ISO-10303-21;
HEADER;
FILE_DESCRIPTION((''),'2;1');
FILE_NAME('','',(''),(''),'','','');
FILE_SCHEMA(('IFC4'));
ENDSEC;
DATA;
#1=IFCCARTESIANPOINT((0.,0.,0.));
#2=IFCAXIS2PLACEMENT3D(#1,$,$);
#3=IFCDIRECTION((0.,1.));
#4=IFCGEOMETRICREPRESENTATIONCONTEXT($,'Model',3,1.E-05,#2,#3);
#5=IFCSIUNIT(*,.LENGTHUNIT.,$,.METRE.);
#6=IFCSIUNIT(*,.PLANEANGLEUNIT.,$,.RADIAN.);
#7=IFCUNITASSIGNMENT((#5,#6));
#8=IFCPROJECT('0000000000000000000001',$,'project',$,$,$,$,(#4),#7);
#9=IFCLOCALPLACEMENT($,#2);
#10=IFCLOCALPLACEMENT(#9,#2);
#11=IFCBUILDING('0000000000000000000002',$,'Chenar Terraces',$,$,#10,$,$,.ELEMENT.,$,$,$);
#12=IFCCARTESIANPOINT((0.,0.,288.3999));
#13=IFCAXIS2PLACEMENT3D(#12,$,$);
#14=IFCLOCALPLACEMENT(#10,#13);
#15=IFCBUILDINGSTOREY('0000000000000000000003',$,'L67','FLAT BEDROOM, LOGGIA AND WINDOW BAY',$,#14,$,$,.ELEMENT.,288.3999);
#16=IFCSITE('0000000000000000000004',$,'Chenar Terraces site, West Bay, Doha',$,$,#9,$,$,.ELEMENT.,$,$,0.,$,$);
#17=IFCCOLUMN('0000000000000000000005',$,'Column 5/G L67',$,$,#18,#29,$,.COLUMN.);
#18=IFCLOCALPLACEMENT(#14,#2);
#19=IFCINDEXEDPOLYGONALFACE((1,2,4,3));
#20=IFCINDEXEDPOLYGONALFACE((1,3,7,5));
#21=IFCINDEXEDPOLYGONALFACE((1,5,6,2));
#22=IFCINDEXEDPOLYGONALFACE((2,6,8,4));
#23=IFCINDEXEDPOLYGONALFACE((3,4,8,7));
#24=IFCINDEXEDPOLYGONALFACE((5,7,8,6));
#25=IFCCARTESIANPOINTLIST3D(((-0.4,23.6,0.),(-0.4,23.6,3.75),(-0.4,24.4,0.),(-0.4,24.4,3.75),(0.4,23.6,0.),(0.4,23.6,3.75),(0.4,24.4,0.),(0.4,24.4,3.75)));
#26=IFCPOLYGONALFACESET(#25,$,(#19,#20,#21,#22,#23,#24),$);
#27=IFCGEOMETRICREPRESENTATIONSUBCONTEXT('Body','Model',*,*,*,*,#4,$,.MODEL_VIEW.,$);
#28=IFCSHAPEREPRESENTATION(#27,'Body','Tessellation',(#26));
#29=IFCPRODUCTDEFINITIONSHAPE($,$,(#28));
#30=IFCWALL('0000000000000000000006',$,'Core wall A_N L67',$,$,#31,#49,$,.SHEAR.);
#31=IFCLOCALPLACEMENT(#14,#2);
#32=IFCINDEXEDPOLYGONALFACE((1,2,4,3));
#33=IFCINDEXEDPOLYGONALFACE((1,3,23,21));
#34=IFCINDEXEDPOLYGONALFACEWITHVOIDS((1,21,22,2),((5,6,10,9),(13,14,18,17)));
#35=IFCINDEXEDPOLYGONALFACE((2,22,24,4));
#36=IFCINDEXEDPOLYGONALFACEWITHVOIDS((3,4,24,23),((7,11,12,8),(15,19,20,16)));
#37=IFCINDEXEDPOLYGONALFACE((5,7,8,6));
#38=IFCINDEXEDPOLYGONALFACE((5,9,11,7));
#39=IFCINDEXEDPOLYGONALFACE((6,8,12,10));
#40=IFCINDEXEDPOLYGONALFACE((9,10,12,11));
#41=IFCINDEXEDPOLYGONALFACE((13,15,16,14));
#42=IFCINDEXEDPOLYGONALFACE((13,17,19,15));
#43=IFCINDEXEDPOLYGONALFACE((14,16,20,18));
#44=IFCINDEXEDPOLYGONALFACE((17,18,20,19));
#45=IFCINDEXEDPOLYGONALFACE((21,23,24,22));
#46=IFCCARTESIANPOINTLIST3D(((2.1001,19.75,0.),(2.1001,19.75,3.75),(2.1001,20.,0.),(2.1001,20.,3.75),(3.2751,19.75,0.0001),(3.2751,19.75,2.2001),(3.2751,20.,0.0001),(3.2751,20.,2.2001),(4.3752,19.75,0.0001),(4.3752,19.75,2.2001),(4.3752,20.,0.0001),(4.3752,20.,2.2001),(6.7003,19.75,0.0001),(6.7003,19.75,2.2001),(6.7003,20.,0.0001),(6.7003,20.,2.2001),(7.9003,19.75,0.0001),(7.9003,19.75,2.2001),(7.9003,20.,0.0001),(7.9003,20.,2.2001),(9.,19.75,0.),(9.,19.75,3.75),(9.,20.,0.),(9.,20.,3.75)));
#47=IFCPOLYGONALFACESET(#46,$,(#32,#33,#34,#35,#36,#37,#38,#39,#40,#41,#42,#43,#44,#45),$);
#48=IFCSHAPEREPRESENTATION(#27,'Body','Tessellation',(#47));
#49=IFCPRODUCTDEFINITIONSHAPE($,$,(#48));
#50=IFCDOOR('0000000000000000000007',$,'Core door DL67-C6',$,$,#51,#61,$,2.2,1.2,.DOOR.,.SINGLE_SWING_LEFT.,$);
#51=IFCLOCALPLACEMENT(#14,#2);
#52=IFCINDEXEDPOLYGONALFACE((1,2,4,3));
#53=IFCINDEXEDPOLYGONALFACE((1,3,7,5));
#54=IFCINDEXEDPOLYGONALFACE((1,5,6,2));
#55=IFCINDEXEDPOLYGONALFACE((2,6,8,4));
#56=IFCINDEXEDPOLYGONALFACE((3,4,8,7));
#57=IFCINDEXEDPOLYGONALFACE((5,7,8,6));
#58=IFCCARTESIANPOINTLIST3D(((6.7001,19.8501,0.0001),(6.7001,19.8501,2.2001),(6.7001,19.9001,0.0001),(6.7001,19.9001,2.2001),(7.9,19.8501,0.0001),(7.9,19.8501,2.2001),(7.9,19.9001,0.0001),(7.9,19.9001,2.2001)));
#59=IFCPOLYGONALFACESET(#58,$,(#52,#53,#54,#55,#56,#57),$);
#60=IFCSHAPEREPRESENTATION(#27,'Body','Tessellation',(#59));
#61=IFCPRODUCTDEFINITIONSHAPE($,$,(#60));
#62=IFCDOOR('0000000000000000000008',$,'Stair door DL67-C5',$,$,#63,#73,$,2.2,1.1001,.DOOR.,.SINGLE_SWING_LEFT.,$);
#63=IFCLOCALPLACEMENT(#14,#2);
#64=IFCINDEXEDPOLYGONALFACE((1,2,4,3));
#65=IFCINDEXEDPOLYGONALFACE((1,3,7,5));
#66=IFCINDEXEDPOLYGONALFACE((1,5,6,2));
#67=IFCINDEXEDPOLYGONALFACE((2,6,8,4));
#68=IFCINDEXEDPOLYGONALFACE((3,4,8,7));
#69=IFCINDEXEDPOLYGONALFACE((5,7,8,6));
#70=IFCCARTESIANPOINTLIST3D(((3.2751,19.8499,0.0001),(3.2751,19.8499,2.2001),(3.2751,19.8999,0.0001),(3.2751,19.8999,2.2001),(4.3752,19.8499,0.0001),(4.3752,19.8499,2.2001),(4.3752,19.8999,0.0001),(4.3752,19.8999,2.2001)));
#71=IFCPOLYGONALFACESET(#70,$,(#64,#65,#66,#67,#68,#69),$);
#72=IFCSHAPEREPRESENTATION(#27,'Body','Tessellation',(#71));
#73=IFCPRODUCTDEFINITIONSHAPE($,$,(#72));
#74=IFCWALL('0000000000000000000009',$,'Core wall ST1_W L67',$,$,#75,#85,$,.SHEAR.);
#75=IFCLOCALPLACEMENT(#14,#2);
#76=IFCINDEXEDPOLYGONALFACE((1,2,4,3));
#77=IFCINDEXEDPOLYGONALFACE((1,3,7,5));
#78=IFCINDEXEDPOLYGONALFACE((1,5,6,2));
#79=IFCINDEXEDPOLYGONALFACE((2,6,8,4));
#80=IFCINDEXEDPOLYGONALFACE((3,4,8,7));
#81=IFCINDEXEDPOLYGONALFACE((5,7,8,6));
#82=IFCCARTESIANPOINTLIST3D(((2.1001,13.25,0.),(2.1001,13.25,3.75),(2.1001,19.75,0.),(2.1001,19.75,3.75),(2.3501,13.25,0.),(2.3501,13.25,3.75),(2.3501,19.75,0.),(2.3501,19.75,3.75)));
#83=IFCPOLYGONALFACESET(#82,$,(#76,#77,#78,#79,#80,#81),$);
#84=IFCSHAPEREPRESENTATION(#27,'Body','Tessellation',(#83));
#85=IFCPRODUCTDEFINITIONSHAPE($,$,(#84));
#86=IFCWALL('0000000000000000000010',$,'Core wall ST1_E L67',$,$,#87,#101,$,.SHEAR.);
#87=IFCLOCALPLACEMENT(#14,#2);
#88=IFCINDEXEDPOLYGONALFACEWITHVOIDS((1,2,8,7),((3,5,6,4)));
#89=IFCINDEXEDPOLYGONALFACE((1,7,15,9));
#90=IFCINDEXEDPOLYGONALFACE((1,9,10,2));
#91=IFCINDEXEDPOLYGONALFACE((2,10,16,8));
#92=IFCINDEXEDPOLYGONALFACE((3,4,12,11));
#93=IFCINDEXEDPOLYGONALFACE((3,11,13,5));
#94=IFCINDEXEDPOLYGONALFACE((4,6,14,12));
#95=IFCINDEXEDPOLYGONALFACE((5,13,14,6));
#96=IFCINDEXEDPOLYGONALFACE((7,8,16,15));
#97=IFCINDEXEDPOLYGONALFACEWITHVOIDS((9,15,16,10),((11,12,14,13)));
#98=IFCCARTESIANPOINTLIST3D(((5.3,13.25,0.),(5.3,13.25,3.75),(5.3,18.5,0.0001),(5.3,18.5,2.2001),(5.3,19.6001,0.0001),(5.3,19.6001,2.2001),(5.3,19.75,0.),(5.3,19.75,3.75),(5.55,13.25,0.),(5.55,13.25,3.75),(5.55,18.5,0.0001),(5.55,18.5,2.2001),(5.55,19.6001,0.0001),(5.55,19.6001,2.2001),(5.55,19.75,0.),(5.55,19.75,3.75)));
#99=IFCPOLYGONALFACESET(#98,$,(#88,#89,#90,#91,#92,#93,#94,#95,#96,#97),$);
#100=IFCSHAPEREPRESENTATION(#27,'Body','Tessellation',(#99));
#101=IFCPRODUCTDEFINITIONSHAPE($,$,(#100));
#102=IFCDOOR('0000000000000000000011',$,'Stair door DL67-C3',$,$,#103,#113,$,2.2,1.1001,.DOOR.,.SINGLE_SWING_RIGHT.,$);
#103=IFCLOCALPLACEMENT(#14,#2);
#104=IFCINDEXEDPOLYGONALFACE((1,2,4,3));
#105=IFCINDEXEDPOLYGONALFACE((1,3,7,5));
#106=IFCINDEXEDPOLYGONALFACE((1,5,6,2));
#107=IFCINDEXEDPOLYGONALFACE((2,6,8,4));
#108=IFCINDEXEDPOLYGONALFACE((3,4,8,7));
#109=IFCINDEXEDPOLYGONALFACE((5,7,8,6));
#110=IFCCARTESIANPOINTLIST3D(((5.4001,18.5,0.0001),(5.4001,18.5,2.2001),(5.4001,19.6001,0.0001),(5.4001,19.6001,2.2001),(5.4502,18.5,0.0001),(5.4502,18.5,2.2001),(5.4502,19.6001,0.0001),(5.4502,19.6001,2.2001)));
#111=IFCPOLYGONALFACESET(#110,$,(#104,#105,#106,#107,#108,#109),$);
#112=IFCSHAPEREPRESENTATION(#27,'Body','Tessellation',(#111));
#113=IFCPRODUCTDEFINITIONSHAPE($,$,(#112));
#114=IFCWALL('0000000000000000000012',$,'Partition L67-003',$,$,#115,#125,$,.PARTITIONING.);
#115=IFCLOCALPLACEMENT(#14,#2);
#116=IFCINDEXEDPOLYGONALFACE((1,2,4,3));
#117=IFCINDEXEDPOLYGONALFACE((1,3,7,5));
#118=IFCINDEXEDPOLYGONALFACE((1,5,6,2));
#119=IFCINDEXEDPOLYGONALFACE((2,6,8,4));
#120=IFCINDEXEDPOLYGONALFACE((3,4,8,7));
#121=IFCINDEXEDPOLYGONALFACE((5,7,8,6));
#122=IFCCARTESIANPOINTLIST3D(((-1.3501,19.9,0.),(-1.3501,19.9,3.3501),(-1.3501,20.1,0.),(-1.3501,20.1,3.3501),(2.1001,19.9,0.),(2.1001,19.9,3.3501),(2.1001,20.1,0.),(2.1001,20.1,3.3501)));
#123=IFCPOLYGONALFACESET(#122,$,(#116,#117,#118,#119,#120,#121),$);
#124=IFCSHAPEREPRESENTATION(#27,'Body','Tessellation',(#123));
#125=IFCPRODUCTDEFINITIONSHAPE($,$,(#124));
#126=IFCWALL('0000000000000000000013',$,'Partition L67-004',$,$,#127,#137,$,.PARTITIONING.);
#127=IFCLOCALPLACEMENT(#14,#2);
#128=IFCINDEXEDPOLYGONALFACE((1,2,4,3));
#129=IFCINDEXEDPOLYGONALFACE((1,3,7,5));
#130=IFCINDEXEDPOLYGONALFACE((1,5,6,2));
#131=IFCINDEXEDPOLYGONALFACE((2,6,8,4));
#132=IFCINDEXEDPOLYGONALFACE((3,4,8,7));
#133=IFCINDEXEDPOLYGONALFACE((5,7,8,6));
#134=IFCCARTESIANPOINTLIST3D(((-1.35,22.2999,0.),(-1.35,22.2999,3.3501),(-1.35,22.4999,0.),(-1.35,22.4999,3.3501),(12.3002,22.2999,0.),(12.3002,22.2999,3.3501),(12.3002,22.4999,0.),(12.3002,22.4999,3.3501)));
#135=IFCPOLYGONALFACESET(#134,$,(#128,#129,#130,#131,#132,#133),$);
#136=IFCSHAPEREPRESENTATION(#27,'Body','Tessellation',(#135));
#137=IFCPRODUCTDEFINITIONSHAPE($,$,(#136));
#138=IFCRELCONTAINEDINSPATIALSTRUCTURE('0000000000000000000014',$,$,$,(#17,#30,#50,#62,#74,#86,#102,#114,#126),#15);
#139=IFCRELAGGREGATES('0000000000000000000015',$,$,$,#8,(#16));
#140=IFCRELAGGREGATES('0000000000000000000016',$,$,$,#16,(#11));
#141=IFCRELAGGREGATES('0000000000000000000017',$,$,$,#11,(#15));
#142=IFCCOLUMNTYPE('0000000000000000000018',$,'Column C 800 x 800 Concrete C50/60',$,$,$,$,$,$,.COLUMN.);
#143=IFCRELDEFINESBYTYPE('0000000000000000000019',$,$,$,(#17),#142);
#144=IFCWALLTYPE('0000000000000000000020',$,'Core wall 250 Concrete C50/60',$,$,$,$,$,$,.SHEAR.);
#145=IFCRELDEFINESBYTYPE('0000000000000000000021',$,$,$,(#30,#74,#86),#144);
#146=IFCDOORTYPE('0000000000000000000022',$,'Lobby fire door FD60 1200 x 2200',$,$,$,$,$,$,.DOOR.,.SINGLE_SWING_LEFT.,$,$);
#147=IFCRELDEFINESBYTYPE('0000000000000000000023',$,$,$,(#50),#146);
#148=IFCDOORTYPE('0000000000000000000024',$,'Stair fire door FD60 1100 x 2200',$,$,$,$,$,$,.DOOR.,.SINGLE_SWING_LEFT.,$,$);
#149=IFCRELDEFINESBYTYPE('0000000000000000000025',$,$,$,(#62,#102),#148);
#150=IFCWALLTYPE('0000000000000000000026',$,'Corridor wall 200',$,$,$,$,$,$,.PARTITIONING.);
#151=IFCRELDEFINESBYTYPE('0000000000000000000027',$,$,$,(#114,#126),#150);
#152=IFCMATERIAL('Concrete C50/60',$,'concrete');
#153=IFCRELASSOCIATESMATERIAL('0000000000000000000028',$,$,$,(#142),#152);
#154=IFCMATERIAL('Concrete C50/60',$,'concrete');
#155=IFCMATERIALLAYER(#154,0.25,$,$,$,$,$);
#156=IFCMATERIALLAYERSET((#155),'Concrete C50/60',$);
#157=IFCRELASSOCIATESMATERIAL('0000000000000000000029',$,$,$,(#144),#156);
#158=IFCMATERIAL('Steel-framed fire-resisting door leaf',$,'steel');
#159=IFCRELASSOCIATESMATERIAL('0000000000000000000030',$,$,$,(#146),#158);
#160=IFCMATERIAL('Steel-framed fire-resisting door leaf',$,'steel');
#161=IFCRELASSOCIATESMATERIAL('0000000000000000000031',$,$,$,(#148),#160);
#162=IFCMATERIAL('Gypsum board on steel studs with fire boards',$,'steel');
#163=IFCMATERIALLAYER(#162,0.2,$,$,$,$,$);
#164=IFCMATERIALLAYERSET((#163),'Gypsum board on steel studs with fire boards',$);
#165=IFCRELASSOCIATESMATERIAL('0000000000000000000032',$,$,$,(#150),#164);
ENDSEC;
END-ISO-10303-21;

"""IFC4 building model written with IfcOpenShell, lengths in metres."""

from ifc_helpers import new_model, si_unit, direction, frame, frame_2d, origin, origin_2d, place, context, subcontext, project, spatial, rectangle, extrude, material, layer, layer_set, material_profile, profile_set, type_object, element, fill, save


model = new_model("IFC4")

# Units and contexts
model_context = context("Model", 3, precision=1e-05, world=origin(), true_north=direction((0.0, 1.0)))
body_context = subcontext(model_context, "Body", "Model", "MODEL_VIEW")
ifc_project = project(units=[si_unit("LENGTHUNIT", "METRE"), si_unit("PLANEANGLEUNIT", "RADIAN")], contexts=[model_context])

# Site, building, storey
site_placement = place(None, origin())
site = spatial("IfcSite", under=ifc_project, at=site_placement, Name="Chenar Terraces site, West Bay, Doha", CompositionType="ELEMENT", RefElevation=0.0)
building_placement = place(site_placement, origin())
building = spatial("IfcBuilding", under=site, at=building_placement, Name="Chenar Terraces", CompositionType="ELEMENT")
storey_placement = place(building_placement, frame((0.0, 0.0, 288.3999)))
storey = spatial("IfcBuildingStorey", under=building, at=storey_placement, Name="L67", Description="FLAT BEDROOM, LOGGIA AND WINDOW BAY", CompositionType="ELEMENT", Elevation=288.3999)

# Column
ifc_material_1 = material(Name="Concrete C50/60", Category="concrete")
ifc_material_profile_1 = material_profile(ifc_material_1, rectangle(XDim=0.8, YDim=0.8, at=origin_2d()), Name="C 800 x 800")
ifc_profile_set_1 = profile_set([ifc_material_profile_1], Name="Concrete C50/60")
column_type = type_object("IfcColumnType", Name="Column C 800 x 800 Concrete C50/60", PredefinedType="COLUMN", material=ifc_profile_set_1)
column_placement = place(storey_placement, frame((0.0, 24.0, 0.0), z_axis=(0.0, 0.0, 1.0), x_axis=(1.0, 0.0, 0.0)))
element("IfcColumn", 1, at=column_placement, inside=storey, type_object=column_type, Name="Column 5/G L67", PredefinedType="COLUMN", context=body_context, shape_type="SweptSolid", body=[
    extrude(rectangle(XDim=0.8, YDim=0.8, at=origin_2d()), origin(), (0.0, 0.0, 1.0), 3.75),
])

# Wall, openings, doors
ifc_material_2 = material(Name="Concrete C50/60", Category="concrete")
ifc_layer_1 = layer(ifc_material_2, 0.25)
ifc_layer_set_1 = layer_set([ifc_layer_1], Name="Concrete C50/60")
wall_type_1 = type_object("IfcWallType", Name="Core wall 250 Concrete C50/60", PredefinedType="SHEAR", material=ifc_layer_set_1)
wall_1_placement = place(storey_placement, frame((2.1001, 19.875, 0.0), z_axis=(0.0, 0.0, 1.0), x_axis=(1.0, 0.0, 0.0)))
wall_1 = element("IfcWall", 2, at=wall_1_placement, inside=storey, type_object=wall_type_1, Name="Core wall A_N L67", PredefinedType="SHEAR", context=body_context, shape_type="SweptSolid", body=[
    extrude(rectangle(XDim=6.8999, YDim=0.25, at=frame_2d((3.45, 0.0))), origin(), (0.0, 0.0, 1.0), 3.75),
])
opening_1_placement = place(wall_1_placement, frame((1.175, 0.0, 0.0)))
opening_1 = element("IfcOpeningElement", 3, at=opening_1_placement, cuts=wall_1, PredefinedType="OPENING", context=body_context, shape_type="SweptSolid", body=[
    extrude(rectangle(XDim=1.1001, YDim=2.2, at=frame_2d((0.55, 1.1001))), frame((0.0, 0.135, 0.0), z_axis=(0.0, -1.0, 0.0), x_axis=(1.0, 0.0, 0.0)), (0.0, 0.0, 1.0), 0.27),
])
opening_2_placement = place(wall_1_placement, frame((4.6001, 0.0, 0.0)))
opening_2 = element("IfcOpeningElement", 4, at=opening_2_placement, cuts=wall_1, PredefinedType="OPENING", context=body_context, shape_type="SweptSolid", body=[
    extrude(rectangle(XDim=1.2, YDim=2.2, at=frame_2d((0.6001, 1.1001))), frame((0.0, 0.135, 0.0), z_axis=(0.0, -1.0, 0.0), x_axis=(1.0, 0.0, 0.0)), (0.0, 0.0, 1.0), 0.27),
])
ifc_material_3 = material(Name="Steel-framed fire-resisting door leaf", Category="steel")
door_type_1 = type_object("IfcDoorType", Name="Lobby fire door FD60 1200 x 2200", OperationType="SINGLE_SWING_LEFT", PredefinedType="DOOR", material=ifc_material_3)
door_1_placement = place(opening_2_placement, frame((1.2, 0.0, 0.0), z_axis=(0.0, 0.0, 1.0), x_axis=(-1.0, 0.0, 0.0)))
door_1 = element("IfcDoor", 5, at=door_1_placement, inside=storey, type_object=door_type_1, Name="Core door DL67-C6", OperationType="SINGLE_SWING_LEFT", OverallHeight=2.2, OverallWidth=1.2, PredefinedType="DOOR", context=body_context, shape_type="SweptSolid", body=[
    extrude(rectangle(XDim=1.2, YDim=2.2, at=frame_2d((0.6001, 1.1001))), frame((0.0, 0.0249, 0.0), z_axis=(0.0, -1.0, 0.0), x_axis=(1.0, 0.0, 0.0)), (0.0, 0.0, 1.0), 0.05),
])
fill(opening_2, door_1)
ifc_material_4 = material(Name="Steel-framed fire-resisting door leaf", Category="steel")
door_type_2 = type_object("IfcDoorType", Name="Stair fire door FD60 1100 x 2200", OperationType="SINGLE_SWING_LEFT", PredefinedType="DOOR", material=ifc_material_4)
door_2_placement = place(opening_1_placement, origin())
door_2 = element("IfcDoor", 6, at=door_2_placement, inside=storey, type_object=door_type_2, Name="Stair door DL67-C5", OperationType="SINGLE_SWING_LEFT", OverallHeight=2.2, OverallWidth=1.1001, PredefinedType="DOOR", context=body_context, shape_type="SweptSolid", body=[
    extrude(rectangle(XDim=1.1001, YDim=2.2, at=frame_2d((0.55, 1.1001))), frame((0.0, 0.0249, 0.0), z_axis=(0.0, -1.0, 0.0), x_axis=(1.0, 0.0, 0.0)), (0.0, 0.0, 1.0), 0.05),
])
fill(opening_1, door_2)

# Wall
wall_2_placement = place(storey_placement, frame((2.2251, 13.25, 0.0), z_axis=(0.0, 0.0, 1.0), x_axis=(0.0, 1.0, 0.0)))
element("IfcWall", 7, at=wall_2_placement, inside=storey, type_object=wall_type_1, Name="Core wall ST1_W L67", PredefinedType="SHEAR", context=body_context, shape_type="SweptSolid", body=[
    extrude(rectangle(XDim=6.5, YDim=0.25, at=frame_2d((3.25, 0.0))), origin(), (0.0, 0.0, 1.0), 3.75),
])

# Wall, opening, door
wall_3_placement = place(storey_placement, frame((5.425, 13.25, 0.0), z_axis=(0.0, 0.0, 1.0), x_axis=(0.0, 1.0, 0.0)))
wall_3 = element("IfcWall", 8, at=wall_3_placement, inside=storey, type_object=wall_type_1, Name="Core wall ST1_E L67", PredefinedType="SHEAR", context=body_context, shape_type="SweptSolid", body=[
    extrude(rectangle(XDim=6.5, YDim=0.25, at=frame_2d((3.25, 0.0))), origin(), (0.0, 0.0, 1.0), 3.75),
])
opening_3_placement = place(wall_3_placement, frame((5.25, 0.0, 0.0)))
opening_3 = element("IfcOpeningElement", 9, at=opening_3_placement, cuts=wall_3, PredefinedType="OPENING", context=body_context, shape_type="SweptSolid", body=[
    extrude(rectangle(XDim=1.1001, YDim=2.2, at=frame_2d((0.55, 1.1001))), frame((0.0, 0.135, 0.0), z_axis=(0.0, -1.0, 0.0), x_axis=(1.0, 0.0, 0.0)), (0.0, 0.0, 1.0), 0.27),
])
door_3_placement = place(opening_3_placement, origin())
door_3 = element("IfcDoor", 10, at=door_3_placement, inside=storey, type_object=door_type_2, Name="Stair door DL67-C3", OperationType="SINGLE_SWING_RIGHT", OverallHeight=2.2, OverallWidth=1.1001, PredefinedType="DOOR", context=body_context, shape_type="SweptSolid", body=[
    extrude(rectangle(XDim=1.1001, YDim=2.2, at=frame_2d((0.55, 1.1001))), frame((0.0, 0.0249, 0.0), z_axis=(0.0, -1.0, 0.0), x_axis=(1.0, 0.0, 0.0)), (0.0, 0.0, 1.0), 0.05),
])
fill(opening_3, door_3)

# Walls
ifc_material_5 = material(Name="Gypsum board on steel studs with fire boards", Category="steel")
ifc_layer_2 = layer(ifc_material_5, 0.2)
ifc_layer_set_2 = layer_set([ifc_layer_2], Name="Gypsum board on steel studs with fire boards")
wall_type_2 = type_object("IfcWallType", Name="Corridor wall 200", PredefinedType="PARTITIONING", material=ifc_layer_set_2)
wall_4_placement = place(storey_placement, frame((-1.3501, 20.0, 0.0), z_axis=(0.0, 0.0, 1.0), x_axis=(1.0, 0.0, 0.0)))
element("IfcWall", 11, at=wall_4_placement, inside=storey, type_object=wall_type_2, Name="Partition L67-003", PredefinedType="PARTITIONING", context=body_context, shape_type="SweptSolid", body=[
    extrude(rectangle(XDim=3.4502, YDim=0.2, at=frame_2d((1.7251, 0.0))), origin(), (0.0, 0.0, 1.0), 3.3501),
])
wall_5_placement = place(storey_placement, frame((-1.3501, 22.3999, 0.0), z_axis=(0.0, 0.0, 1.0), x_axis=(1.0, 0.0, 0.0)))
element("IfcWall", 12, at=wall_5_placement, inside=storey, type_object=wall_type_2, Name="Partition L67-004", PredefinedType="PARTITIONING", context=body_context, shape_type="SweptSolid", body=[
    extrude(rectangle(XDim=13.6501, YDim=0.2, at=frame_2d((6.8252, 0.0))), origin(), (0.0, 0.0, 1.0), 3.3501),
])

save(model, "model.ifc")
